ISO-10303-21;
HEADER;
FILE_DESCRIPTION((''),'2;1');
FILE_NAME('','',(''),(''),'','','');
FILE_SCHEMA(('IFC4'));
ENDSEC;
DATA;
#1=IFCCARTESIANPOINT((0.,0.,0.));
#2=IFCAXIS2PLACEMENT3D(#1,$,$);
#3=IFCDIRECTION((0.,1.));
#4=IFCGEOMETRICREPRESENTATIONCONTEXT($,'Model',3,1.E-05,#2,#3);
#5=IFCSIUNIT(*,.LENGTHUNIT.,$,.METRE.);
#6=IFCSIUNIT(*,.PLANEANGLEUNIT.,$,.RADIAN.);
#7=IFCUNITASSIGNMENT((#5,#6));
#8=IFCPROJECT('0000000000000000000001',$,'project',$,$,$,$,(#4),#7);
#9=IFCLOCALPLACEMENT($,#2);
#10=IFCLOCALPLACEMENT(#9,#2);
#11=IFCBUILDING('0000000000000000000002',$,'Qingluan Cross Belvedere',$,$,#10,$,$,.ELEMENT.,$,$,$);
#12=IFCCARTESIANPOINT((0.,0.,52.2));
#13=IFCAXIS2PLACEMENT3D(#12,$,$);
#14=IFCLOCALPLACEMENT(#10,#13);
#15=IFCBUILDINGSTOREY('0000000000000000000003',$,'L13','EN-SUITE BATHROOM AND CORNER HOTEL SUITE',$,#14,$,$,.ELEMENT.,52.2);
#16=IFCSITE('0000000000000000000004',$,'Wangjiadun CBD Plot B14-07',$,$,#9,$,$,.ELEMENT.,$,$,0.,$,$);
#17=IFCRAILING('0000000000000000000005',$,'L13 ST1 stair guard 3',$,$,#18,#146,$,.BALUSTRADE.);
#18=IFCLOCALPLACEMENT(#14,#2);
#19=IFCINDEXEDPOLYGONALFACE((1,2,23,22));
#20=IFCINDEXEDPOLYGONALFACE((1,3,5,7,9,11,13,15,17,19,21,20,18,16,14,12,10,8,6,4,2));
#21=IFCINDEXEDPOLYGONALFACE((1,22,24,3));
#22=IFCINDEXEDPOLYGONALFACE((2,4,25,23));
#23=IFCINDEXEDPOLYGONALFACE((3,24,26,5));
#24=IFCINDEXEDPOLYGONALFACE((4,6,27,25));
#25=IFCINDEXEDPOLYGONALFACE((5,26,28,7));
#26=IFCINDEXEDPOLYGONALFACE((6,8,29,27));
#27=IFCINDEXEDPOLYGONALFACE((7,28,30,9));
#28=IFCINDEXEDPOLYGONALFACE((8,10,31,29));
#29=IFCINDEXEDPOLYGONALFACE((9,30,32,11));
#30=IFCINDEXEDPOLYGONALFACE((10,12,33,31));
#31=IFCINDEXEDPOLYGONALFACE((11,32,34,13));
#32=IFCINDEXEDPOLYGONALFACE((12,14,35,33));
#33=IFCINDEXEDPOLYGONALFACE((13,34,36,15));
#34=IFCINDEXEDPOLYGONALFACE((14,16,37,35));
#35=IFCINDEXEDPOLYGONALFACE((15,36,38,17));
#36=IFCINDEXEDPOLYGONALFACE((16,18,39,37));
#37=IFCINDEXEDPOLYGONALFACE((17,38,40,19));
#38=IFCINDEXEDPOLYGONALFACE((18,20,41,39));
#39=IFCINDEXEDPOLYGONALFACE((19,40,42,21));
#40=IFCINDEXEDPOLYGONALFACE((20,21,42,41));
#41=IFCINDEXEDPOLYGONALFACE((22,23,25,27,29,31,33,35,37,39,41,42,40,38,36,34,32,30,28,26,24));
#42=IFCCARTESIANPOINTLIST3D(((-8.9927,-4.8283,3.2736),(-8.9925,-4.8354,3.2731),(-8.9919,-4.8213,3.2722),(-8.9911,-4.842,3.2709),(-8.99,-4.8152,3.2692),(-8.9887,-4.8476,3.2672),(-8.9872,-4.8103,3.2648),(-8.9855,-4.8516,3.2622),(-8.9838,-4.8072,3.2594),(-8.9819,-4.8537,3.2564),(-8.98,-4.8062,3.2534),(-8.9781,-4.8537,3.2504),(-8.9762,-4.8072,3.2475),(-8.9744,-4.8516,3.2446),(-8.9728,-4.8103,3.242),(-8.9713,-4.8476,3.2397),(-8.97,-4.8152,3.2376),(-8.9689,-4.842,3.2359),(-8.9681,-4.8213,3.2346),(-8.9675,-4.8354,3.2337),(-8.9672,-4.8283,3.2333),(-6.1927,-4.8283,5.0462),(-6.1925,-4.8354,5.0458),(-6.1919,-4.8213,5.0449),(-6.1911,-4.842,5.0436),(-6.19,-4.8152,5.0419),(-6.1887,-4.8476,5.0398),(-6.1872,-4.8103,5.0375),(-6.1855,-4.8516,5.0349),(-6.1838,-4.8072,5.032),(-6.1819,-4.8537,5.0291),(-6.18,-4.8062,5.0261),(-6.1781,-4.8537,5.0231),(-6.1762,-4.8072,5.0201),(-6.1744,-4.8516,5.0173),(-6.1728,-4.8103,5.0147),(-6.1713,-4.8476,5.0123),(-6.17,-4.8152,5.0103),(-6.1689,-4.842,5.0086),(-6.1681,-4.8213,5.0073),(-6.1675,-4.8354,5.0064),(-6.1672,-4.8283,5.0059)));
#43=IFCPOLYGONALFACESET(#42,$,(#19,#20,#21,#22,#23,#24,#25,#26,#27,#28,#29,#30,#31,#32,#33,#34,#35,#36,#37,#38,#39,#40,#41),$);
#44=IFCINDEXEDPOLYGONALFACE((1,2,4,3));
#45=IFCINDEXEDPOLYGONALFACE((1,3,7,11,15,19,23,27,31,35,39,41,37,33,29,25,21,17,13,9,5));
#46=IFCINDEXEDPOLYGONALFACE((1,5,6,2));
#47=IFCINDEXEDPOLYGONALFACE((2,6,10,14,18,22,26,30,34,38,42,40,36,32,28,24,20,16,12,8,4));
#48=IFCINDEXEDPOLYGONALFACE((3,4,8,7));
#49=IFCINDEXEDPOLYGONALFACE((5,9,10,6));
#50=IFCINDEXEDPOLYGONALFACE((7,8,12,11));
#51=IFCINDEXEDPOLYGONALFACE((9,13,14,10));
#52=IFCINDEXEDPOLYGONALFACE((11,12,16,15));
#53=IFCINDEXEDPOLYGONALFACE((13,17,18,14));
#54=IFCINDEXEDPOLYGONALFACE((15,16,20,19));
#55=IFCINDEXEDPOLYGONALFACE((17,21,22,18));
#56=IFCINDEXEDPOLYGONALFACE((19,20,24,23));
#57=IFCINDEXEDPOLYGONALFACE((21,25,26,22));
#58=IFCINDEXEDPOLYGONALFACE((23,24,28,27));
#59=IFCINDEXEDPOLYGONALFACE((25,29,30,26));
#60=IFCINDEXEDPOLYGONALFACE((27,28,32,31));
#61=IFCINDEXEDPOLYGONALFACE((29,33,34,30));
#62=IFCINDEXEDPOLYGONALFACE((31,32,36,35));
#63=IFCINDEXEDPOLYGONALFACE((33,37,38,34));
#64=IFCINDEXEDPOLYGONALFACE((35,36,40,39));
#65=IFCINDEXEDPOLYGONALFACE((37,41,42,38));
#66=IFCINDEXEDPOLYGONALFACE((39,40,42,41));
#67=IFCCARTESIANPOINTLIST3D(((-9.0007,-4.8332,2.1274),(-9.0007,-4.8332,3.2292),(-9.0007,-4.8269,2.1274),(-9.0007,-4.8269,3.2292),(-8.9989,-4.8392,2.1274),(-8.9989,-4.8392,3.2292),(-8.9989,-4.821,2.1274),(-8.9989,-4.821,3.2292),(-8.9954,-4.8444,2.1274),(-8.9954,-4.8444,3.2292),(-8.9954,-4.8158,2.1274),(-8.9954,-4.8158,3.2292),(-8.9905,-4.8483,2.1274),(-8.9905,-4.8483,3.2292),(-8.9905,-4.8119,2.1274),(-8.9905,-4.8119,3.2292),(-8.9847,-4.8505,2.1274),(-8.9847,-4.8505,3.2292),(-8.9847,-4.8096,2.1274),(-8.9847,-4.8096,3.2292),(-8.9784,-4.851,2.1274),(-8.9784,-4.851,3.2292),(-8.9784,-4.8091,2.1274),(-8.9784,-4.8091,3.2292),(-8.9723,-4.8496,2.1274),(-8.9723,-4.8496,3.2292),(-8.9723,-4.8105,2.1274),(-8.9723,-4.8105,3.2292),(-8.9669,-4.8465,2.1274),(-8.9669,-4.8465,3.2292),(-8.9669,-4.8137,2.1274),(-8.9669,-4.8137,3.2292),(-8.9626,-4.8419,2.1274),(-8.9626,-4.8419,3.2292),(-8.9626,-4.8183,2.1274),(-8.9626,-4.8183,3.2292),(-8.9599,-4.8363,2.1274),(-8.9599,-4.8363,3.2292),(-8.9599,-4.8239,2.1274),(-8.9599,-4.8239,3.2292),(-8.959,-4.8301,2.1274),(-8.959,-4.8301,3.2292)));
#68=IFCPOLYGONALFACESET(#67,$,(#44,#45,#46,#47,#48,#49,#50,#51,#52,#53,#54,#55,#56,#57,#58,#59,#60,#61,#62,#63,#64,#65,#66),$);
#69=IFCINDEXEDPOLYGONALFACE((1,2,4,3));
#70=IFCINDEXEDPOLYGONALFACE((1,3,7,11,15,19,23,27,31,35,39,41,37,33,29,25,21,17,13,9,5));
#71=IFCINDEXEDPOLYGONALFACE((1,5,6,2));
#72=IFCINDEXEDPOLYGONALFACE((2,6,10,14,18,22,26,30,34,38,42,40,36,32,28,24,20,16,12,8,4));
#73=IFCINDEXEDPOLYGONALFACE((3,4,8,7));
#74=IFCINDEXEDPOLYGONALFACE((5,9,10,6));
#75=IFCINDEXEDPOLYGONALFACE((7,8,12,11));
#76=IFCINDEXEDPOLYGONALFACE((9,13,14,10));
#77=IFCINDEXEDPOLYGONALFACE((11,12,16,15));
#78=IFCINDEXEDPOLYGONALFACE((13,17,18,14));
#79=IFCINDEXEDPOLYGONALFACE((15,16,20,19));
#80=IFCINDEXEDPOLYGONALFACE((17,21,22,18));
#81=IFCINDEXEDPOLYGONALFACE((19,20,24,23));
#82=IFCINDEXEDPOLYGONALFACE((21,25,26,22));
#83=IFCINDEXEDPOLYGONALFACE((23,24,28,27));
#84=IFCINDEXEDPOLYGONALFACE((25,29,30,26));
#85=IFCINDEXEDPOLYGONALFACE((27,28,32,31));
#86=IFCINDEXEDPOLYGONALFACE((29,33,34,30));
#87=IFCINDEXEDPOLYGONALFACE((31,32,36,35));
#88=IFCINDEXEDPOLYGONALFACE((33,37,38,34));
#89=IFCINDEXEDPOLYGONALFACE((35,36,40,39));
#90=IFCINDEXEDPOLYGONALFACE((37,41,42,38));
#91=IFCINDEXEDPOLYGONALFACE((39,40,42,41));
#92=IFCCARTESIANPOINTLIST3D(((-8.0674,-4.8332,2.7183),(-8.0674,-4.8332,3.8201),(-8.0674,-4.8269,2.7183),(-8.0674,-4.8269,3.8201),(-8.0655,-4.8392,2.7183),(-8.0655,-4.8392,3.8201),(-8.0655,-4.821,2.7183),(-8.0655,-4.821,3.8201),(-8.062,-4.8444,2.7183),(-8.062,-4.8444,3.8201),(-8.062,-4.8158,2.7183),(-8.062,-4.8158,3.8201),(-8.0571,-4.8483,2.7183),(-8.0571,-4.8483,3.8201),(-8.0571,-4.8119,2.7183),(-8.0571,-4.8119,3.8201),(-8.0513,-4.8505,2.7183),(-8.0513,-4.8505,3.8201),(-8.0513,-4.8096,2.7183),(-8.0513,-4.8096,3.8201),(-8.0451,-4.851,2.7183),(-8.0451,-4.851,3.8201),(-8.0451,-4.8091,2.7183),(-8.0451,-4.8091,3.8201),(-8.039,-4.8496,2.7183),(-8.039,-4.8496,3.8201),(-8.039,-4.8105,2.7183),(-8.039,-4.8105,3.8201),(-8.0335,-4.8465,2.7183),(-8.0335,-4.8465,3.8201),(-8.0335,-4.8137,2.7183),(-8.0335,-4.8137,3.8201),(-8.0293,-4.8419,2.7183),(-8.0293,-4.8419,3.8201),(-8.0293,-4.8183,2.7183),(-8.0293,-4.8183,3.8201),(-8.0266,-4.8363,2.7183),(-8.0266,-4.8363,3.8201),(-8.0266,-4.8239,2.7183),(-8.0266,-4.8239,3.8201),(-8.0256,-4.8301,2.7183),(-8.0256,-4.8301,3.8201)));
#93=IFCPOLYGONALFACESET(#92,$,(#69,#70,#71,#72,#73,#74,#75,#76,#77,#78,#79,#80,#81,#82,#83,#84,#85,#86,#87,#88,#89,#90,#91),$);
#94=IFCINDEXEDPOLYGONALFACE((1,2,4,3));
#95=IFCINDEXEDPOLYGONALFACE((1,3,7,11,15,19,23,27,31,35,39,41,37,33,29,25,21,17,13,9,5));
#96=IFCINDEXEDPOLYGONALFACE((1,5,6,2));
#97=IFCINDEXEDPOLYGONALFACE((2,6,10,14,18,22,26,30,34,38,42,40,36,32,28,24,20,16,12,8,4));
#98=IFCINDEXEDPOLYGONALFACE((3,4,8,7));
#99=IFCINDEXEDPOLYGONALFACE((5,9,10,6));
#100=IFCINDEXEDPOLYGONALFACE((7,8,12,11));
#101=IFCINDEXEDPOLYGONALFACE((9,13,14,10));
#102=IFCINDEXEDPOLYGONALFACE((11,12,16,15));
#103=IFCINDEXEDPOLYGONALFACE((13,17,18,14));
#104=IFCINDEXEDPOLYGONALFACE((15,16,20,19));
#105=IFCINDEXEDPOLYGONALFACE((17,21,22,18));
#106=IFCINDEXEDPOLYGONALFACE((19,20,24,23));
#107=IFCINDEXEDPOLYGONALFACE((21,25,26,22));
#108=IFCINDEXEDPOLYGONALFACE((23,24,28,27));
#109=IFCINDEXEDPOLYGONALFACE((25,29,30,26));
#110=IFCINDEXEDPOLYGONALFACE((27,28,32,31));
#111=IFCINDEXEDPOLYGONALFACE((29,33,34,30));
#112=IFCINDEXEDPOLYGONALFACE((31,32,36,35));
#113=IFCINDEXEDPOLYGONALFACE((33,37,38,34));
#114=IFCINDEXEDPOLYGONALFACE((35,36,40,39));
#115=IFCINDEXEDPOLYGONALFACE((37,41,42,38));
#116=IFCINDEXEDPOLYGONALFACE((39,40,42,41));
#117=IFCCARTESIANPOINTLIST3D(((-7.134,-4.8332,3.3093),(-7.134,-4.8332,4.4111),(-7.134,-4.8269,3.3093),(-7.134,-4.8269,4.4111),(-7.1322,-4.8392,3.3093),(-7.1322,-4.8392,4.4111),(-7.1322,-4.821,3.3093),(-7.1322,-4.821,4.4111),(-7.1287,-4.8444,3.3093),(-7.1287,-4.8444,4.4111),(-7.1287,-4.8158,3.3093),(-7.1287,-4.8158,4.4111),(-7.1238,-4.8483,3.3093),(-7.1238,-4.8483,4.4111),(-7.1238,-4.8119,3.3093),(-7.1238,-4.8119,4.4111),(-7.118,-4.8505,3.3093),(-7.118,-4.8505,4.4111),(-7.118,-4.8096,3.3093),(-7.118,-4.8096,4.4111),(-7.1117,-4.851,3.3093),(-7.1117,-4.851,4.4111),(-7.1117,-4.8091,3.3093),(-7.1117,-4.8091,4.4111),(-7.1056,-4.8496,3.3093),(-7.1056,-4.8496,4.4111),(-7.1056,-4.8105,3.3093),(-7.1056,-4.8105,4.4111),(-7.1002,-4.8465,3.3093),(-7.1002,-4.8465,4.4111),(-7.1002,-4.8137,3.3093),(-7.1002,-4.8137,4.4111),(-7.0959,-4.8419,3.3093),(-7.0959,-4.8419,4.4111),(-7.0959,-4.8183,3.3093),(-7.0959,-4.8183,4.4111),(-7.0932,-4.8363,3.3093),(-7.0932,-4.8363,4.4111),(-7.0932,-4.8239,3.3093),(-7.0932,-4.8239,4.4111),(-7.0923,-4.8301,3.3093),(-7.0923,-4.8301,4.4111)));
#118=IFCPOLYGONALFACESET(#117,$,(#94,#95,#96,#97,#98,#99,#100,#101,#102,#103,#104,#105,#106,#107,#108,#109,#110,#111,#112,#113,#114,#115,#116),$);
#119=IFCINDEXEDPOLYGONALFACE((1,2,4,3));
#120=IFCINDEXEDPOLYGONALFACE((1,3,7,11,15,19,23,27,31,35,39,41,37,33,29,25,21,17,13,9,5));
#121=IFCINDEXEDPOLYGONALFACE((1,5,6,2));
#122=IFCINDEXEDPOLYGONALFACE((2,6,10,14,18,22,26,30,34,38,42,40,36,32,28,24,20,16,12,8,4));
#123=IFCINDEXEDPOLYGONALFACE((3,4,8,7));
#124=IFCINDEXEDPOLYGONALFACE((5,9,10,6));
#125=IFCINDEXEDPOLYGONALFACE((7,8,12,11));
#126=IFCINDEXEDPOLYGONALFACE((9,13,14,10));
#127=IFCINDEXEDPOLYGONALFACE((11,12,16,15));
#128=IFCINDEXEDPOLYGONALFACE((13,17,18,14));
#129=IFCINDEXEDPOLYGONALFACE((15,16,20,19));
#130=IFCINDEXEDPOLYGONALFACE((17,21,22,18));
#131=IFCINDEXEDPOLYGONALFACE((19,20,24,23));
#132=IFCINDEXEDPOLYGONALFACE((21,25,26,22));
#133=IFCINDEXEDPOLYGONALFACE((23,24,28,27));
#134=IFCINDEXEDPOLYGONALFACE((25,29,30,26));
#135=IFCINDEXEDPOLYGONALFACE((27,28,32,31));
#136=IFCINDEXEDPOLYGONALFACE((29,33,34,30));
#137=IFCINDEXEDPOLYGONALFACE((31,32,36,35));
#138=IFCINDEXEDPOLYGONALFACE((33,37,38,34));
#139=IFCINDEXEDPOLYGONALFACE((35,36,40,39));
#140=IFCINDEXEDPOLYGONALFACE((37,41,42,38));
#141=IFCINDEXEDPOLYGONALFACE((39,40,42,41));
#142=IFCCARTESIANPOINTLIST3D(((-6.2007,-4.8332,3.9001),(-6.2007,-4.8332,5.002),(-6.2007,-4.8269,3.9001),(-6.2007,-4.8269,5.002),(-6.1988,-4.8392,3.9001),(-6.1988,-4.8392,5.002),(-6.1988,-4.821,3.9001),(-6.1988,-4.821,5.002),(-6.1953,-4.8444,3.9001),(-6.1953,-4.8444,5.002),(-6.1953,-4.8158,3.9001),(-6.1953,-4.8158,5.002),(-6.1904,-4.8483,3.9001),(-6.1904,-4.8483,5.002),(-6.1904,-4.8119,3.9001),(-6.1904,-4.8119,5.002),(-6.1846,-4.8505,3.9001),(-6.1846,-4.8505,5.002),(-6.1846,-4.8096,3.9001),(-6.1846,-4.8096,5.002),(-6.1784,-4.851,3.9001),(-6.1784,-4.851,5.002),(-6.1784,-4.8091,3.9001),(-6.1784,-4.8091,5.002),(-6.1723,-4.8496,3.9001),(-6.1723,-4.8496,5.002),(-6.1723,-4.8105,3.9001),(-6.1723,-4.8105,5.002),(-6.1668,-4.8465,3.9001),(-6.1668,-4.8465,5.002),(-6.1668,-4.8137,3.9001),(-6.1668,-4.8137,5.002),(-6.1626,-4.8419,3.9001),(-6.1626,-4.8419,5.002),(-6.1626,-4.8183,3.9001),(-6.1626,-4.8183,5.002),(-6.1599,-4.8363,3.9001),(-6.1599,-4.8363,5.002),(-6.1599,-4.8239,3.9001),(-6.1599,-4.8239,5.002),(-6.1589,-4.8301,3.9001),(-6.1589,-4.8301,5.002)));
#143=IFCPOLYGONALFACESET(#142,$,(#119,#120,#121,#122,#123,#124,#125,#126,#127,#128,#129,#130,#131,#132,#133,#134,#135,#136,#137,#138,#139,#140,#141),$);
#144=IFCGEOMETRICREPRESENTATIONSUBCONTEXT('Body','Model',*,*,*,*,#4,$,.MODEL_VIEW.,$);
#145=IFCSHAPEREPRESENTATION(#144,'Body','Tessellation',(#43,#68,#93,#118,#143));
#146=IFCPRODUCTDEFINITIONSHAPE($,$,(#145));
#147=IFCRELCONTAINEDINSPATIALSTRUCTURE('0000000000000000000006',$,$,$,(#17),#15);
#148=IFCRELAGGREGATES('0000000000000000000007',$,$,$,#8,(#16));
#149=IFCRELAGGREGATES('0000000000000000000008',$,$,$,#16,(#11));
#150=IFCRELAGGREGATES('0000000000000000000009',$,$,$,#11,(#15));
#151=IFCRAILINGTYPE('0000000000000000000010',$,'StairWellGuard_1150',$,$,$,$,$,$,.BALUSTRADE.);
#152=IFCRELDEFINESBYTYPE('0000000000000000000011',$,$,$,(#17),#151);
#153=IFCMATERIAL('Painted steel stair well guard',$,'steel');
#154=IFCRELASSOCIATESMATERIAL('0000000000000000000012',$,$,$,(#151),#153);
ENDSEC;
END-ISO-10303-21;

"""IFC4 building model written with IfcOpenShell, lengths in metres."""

from ifc_helpers import new_model, si_unit, direction, frame, origin, origin_2d, place, context, subcontext, project, spatial, circle, extrude, material, type_object, element, save


model = new_model("IFC4")

# Units and contexts
model_context = context("Model", 3, precision=1e-05, world=origin(), true_north=direction((0.0, 1.0)))
body_context = subcontext(model_context, "Body", "Model", "MODEL_VIEW")
ifc_project = project(units=[si_unit("LENGTHUNIT", "METRE"), si_unit("PLANEANGLEUNIT", "RADIAN")], contexts=[model_context])

# Site, building, storey
site_placement = place(None, origin())
site = spatial("IfcSite", under=ifc_project, at=site_placement, Name="Wangjiadun CBD Plot B14-07", CompositionType="ELEMENT", RefElevation=0.0)
building_placement = place(site_placement, origin())
building = spatial("IfcBuilding", under=site, at=building_placement, Name="Qingluan Cross Belvedere", CompositionType="ELEMENT")
storey_placement = place(building_placement, frame((0.0, 0.0, 52.2)))
storey = spatial("IfcBuildingStorey", under=building, at=storey_placement, Name="L13", Description="EN-SUITE BATHROOM AND CORNER HOTEL SUITE", CompositionType="ELEMENT", Elevation=52.2)

# Railing
ifc_material_1 = material(Name="Painted steel stair well guard", Category="steel")
railing_type_1 = type_object("IfcRailingType", Name="StairWellGuard_1150", PredefinedType="BALUSTRADE", material=ifc_material_1)
railing_1_placement = place(storey_placement, frame((-8.98, -4.8301, 2.1274)))
element("IfcRailing", 1, at=railing_1_placement, inside=storey, type_object=railing_type_1, Name="L13 ST1 stair guard 3", PredefinedType="BALUSTRADE", context=body_context, shape_type="SweptSolid", body=[
    extrude(circle(Radius=0.0239, at=origin_2d()), frame((0.0, 0.0, 1.126), z_axis=(0.844909, 0.0, 0.53491), x_axis=(0.0, 1.0, 0.0)), (0.0, 0.0, 1.0), 3.314),
    extrude(circle(Radius=0.021, at=origin_2d()), origin(), (0.0, 0.0, 1.0), 1.1018),
    extrude(circle(Radius=0.021, at=origin_2d()), frame((0.9333, 0.0, 0.5908)), (0.0, 0.0, 1.0), 1.1018),
    extrude(circle(Radius=0.021, at=origin_2d()), frame((1.8667, 0.0, 1.1819)), (0.0, 0.0, 1.0), 1.1018),
    extrude(circle(Radius=0.021, at=origin_2d()), frame((2.8, 0.0, 1.7727)), (0.0, 0.0, 1.0), 1.1018),
])

save(model, "model.ifc")
